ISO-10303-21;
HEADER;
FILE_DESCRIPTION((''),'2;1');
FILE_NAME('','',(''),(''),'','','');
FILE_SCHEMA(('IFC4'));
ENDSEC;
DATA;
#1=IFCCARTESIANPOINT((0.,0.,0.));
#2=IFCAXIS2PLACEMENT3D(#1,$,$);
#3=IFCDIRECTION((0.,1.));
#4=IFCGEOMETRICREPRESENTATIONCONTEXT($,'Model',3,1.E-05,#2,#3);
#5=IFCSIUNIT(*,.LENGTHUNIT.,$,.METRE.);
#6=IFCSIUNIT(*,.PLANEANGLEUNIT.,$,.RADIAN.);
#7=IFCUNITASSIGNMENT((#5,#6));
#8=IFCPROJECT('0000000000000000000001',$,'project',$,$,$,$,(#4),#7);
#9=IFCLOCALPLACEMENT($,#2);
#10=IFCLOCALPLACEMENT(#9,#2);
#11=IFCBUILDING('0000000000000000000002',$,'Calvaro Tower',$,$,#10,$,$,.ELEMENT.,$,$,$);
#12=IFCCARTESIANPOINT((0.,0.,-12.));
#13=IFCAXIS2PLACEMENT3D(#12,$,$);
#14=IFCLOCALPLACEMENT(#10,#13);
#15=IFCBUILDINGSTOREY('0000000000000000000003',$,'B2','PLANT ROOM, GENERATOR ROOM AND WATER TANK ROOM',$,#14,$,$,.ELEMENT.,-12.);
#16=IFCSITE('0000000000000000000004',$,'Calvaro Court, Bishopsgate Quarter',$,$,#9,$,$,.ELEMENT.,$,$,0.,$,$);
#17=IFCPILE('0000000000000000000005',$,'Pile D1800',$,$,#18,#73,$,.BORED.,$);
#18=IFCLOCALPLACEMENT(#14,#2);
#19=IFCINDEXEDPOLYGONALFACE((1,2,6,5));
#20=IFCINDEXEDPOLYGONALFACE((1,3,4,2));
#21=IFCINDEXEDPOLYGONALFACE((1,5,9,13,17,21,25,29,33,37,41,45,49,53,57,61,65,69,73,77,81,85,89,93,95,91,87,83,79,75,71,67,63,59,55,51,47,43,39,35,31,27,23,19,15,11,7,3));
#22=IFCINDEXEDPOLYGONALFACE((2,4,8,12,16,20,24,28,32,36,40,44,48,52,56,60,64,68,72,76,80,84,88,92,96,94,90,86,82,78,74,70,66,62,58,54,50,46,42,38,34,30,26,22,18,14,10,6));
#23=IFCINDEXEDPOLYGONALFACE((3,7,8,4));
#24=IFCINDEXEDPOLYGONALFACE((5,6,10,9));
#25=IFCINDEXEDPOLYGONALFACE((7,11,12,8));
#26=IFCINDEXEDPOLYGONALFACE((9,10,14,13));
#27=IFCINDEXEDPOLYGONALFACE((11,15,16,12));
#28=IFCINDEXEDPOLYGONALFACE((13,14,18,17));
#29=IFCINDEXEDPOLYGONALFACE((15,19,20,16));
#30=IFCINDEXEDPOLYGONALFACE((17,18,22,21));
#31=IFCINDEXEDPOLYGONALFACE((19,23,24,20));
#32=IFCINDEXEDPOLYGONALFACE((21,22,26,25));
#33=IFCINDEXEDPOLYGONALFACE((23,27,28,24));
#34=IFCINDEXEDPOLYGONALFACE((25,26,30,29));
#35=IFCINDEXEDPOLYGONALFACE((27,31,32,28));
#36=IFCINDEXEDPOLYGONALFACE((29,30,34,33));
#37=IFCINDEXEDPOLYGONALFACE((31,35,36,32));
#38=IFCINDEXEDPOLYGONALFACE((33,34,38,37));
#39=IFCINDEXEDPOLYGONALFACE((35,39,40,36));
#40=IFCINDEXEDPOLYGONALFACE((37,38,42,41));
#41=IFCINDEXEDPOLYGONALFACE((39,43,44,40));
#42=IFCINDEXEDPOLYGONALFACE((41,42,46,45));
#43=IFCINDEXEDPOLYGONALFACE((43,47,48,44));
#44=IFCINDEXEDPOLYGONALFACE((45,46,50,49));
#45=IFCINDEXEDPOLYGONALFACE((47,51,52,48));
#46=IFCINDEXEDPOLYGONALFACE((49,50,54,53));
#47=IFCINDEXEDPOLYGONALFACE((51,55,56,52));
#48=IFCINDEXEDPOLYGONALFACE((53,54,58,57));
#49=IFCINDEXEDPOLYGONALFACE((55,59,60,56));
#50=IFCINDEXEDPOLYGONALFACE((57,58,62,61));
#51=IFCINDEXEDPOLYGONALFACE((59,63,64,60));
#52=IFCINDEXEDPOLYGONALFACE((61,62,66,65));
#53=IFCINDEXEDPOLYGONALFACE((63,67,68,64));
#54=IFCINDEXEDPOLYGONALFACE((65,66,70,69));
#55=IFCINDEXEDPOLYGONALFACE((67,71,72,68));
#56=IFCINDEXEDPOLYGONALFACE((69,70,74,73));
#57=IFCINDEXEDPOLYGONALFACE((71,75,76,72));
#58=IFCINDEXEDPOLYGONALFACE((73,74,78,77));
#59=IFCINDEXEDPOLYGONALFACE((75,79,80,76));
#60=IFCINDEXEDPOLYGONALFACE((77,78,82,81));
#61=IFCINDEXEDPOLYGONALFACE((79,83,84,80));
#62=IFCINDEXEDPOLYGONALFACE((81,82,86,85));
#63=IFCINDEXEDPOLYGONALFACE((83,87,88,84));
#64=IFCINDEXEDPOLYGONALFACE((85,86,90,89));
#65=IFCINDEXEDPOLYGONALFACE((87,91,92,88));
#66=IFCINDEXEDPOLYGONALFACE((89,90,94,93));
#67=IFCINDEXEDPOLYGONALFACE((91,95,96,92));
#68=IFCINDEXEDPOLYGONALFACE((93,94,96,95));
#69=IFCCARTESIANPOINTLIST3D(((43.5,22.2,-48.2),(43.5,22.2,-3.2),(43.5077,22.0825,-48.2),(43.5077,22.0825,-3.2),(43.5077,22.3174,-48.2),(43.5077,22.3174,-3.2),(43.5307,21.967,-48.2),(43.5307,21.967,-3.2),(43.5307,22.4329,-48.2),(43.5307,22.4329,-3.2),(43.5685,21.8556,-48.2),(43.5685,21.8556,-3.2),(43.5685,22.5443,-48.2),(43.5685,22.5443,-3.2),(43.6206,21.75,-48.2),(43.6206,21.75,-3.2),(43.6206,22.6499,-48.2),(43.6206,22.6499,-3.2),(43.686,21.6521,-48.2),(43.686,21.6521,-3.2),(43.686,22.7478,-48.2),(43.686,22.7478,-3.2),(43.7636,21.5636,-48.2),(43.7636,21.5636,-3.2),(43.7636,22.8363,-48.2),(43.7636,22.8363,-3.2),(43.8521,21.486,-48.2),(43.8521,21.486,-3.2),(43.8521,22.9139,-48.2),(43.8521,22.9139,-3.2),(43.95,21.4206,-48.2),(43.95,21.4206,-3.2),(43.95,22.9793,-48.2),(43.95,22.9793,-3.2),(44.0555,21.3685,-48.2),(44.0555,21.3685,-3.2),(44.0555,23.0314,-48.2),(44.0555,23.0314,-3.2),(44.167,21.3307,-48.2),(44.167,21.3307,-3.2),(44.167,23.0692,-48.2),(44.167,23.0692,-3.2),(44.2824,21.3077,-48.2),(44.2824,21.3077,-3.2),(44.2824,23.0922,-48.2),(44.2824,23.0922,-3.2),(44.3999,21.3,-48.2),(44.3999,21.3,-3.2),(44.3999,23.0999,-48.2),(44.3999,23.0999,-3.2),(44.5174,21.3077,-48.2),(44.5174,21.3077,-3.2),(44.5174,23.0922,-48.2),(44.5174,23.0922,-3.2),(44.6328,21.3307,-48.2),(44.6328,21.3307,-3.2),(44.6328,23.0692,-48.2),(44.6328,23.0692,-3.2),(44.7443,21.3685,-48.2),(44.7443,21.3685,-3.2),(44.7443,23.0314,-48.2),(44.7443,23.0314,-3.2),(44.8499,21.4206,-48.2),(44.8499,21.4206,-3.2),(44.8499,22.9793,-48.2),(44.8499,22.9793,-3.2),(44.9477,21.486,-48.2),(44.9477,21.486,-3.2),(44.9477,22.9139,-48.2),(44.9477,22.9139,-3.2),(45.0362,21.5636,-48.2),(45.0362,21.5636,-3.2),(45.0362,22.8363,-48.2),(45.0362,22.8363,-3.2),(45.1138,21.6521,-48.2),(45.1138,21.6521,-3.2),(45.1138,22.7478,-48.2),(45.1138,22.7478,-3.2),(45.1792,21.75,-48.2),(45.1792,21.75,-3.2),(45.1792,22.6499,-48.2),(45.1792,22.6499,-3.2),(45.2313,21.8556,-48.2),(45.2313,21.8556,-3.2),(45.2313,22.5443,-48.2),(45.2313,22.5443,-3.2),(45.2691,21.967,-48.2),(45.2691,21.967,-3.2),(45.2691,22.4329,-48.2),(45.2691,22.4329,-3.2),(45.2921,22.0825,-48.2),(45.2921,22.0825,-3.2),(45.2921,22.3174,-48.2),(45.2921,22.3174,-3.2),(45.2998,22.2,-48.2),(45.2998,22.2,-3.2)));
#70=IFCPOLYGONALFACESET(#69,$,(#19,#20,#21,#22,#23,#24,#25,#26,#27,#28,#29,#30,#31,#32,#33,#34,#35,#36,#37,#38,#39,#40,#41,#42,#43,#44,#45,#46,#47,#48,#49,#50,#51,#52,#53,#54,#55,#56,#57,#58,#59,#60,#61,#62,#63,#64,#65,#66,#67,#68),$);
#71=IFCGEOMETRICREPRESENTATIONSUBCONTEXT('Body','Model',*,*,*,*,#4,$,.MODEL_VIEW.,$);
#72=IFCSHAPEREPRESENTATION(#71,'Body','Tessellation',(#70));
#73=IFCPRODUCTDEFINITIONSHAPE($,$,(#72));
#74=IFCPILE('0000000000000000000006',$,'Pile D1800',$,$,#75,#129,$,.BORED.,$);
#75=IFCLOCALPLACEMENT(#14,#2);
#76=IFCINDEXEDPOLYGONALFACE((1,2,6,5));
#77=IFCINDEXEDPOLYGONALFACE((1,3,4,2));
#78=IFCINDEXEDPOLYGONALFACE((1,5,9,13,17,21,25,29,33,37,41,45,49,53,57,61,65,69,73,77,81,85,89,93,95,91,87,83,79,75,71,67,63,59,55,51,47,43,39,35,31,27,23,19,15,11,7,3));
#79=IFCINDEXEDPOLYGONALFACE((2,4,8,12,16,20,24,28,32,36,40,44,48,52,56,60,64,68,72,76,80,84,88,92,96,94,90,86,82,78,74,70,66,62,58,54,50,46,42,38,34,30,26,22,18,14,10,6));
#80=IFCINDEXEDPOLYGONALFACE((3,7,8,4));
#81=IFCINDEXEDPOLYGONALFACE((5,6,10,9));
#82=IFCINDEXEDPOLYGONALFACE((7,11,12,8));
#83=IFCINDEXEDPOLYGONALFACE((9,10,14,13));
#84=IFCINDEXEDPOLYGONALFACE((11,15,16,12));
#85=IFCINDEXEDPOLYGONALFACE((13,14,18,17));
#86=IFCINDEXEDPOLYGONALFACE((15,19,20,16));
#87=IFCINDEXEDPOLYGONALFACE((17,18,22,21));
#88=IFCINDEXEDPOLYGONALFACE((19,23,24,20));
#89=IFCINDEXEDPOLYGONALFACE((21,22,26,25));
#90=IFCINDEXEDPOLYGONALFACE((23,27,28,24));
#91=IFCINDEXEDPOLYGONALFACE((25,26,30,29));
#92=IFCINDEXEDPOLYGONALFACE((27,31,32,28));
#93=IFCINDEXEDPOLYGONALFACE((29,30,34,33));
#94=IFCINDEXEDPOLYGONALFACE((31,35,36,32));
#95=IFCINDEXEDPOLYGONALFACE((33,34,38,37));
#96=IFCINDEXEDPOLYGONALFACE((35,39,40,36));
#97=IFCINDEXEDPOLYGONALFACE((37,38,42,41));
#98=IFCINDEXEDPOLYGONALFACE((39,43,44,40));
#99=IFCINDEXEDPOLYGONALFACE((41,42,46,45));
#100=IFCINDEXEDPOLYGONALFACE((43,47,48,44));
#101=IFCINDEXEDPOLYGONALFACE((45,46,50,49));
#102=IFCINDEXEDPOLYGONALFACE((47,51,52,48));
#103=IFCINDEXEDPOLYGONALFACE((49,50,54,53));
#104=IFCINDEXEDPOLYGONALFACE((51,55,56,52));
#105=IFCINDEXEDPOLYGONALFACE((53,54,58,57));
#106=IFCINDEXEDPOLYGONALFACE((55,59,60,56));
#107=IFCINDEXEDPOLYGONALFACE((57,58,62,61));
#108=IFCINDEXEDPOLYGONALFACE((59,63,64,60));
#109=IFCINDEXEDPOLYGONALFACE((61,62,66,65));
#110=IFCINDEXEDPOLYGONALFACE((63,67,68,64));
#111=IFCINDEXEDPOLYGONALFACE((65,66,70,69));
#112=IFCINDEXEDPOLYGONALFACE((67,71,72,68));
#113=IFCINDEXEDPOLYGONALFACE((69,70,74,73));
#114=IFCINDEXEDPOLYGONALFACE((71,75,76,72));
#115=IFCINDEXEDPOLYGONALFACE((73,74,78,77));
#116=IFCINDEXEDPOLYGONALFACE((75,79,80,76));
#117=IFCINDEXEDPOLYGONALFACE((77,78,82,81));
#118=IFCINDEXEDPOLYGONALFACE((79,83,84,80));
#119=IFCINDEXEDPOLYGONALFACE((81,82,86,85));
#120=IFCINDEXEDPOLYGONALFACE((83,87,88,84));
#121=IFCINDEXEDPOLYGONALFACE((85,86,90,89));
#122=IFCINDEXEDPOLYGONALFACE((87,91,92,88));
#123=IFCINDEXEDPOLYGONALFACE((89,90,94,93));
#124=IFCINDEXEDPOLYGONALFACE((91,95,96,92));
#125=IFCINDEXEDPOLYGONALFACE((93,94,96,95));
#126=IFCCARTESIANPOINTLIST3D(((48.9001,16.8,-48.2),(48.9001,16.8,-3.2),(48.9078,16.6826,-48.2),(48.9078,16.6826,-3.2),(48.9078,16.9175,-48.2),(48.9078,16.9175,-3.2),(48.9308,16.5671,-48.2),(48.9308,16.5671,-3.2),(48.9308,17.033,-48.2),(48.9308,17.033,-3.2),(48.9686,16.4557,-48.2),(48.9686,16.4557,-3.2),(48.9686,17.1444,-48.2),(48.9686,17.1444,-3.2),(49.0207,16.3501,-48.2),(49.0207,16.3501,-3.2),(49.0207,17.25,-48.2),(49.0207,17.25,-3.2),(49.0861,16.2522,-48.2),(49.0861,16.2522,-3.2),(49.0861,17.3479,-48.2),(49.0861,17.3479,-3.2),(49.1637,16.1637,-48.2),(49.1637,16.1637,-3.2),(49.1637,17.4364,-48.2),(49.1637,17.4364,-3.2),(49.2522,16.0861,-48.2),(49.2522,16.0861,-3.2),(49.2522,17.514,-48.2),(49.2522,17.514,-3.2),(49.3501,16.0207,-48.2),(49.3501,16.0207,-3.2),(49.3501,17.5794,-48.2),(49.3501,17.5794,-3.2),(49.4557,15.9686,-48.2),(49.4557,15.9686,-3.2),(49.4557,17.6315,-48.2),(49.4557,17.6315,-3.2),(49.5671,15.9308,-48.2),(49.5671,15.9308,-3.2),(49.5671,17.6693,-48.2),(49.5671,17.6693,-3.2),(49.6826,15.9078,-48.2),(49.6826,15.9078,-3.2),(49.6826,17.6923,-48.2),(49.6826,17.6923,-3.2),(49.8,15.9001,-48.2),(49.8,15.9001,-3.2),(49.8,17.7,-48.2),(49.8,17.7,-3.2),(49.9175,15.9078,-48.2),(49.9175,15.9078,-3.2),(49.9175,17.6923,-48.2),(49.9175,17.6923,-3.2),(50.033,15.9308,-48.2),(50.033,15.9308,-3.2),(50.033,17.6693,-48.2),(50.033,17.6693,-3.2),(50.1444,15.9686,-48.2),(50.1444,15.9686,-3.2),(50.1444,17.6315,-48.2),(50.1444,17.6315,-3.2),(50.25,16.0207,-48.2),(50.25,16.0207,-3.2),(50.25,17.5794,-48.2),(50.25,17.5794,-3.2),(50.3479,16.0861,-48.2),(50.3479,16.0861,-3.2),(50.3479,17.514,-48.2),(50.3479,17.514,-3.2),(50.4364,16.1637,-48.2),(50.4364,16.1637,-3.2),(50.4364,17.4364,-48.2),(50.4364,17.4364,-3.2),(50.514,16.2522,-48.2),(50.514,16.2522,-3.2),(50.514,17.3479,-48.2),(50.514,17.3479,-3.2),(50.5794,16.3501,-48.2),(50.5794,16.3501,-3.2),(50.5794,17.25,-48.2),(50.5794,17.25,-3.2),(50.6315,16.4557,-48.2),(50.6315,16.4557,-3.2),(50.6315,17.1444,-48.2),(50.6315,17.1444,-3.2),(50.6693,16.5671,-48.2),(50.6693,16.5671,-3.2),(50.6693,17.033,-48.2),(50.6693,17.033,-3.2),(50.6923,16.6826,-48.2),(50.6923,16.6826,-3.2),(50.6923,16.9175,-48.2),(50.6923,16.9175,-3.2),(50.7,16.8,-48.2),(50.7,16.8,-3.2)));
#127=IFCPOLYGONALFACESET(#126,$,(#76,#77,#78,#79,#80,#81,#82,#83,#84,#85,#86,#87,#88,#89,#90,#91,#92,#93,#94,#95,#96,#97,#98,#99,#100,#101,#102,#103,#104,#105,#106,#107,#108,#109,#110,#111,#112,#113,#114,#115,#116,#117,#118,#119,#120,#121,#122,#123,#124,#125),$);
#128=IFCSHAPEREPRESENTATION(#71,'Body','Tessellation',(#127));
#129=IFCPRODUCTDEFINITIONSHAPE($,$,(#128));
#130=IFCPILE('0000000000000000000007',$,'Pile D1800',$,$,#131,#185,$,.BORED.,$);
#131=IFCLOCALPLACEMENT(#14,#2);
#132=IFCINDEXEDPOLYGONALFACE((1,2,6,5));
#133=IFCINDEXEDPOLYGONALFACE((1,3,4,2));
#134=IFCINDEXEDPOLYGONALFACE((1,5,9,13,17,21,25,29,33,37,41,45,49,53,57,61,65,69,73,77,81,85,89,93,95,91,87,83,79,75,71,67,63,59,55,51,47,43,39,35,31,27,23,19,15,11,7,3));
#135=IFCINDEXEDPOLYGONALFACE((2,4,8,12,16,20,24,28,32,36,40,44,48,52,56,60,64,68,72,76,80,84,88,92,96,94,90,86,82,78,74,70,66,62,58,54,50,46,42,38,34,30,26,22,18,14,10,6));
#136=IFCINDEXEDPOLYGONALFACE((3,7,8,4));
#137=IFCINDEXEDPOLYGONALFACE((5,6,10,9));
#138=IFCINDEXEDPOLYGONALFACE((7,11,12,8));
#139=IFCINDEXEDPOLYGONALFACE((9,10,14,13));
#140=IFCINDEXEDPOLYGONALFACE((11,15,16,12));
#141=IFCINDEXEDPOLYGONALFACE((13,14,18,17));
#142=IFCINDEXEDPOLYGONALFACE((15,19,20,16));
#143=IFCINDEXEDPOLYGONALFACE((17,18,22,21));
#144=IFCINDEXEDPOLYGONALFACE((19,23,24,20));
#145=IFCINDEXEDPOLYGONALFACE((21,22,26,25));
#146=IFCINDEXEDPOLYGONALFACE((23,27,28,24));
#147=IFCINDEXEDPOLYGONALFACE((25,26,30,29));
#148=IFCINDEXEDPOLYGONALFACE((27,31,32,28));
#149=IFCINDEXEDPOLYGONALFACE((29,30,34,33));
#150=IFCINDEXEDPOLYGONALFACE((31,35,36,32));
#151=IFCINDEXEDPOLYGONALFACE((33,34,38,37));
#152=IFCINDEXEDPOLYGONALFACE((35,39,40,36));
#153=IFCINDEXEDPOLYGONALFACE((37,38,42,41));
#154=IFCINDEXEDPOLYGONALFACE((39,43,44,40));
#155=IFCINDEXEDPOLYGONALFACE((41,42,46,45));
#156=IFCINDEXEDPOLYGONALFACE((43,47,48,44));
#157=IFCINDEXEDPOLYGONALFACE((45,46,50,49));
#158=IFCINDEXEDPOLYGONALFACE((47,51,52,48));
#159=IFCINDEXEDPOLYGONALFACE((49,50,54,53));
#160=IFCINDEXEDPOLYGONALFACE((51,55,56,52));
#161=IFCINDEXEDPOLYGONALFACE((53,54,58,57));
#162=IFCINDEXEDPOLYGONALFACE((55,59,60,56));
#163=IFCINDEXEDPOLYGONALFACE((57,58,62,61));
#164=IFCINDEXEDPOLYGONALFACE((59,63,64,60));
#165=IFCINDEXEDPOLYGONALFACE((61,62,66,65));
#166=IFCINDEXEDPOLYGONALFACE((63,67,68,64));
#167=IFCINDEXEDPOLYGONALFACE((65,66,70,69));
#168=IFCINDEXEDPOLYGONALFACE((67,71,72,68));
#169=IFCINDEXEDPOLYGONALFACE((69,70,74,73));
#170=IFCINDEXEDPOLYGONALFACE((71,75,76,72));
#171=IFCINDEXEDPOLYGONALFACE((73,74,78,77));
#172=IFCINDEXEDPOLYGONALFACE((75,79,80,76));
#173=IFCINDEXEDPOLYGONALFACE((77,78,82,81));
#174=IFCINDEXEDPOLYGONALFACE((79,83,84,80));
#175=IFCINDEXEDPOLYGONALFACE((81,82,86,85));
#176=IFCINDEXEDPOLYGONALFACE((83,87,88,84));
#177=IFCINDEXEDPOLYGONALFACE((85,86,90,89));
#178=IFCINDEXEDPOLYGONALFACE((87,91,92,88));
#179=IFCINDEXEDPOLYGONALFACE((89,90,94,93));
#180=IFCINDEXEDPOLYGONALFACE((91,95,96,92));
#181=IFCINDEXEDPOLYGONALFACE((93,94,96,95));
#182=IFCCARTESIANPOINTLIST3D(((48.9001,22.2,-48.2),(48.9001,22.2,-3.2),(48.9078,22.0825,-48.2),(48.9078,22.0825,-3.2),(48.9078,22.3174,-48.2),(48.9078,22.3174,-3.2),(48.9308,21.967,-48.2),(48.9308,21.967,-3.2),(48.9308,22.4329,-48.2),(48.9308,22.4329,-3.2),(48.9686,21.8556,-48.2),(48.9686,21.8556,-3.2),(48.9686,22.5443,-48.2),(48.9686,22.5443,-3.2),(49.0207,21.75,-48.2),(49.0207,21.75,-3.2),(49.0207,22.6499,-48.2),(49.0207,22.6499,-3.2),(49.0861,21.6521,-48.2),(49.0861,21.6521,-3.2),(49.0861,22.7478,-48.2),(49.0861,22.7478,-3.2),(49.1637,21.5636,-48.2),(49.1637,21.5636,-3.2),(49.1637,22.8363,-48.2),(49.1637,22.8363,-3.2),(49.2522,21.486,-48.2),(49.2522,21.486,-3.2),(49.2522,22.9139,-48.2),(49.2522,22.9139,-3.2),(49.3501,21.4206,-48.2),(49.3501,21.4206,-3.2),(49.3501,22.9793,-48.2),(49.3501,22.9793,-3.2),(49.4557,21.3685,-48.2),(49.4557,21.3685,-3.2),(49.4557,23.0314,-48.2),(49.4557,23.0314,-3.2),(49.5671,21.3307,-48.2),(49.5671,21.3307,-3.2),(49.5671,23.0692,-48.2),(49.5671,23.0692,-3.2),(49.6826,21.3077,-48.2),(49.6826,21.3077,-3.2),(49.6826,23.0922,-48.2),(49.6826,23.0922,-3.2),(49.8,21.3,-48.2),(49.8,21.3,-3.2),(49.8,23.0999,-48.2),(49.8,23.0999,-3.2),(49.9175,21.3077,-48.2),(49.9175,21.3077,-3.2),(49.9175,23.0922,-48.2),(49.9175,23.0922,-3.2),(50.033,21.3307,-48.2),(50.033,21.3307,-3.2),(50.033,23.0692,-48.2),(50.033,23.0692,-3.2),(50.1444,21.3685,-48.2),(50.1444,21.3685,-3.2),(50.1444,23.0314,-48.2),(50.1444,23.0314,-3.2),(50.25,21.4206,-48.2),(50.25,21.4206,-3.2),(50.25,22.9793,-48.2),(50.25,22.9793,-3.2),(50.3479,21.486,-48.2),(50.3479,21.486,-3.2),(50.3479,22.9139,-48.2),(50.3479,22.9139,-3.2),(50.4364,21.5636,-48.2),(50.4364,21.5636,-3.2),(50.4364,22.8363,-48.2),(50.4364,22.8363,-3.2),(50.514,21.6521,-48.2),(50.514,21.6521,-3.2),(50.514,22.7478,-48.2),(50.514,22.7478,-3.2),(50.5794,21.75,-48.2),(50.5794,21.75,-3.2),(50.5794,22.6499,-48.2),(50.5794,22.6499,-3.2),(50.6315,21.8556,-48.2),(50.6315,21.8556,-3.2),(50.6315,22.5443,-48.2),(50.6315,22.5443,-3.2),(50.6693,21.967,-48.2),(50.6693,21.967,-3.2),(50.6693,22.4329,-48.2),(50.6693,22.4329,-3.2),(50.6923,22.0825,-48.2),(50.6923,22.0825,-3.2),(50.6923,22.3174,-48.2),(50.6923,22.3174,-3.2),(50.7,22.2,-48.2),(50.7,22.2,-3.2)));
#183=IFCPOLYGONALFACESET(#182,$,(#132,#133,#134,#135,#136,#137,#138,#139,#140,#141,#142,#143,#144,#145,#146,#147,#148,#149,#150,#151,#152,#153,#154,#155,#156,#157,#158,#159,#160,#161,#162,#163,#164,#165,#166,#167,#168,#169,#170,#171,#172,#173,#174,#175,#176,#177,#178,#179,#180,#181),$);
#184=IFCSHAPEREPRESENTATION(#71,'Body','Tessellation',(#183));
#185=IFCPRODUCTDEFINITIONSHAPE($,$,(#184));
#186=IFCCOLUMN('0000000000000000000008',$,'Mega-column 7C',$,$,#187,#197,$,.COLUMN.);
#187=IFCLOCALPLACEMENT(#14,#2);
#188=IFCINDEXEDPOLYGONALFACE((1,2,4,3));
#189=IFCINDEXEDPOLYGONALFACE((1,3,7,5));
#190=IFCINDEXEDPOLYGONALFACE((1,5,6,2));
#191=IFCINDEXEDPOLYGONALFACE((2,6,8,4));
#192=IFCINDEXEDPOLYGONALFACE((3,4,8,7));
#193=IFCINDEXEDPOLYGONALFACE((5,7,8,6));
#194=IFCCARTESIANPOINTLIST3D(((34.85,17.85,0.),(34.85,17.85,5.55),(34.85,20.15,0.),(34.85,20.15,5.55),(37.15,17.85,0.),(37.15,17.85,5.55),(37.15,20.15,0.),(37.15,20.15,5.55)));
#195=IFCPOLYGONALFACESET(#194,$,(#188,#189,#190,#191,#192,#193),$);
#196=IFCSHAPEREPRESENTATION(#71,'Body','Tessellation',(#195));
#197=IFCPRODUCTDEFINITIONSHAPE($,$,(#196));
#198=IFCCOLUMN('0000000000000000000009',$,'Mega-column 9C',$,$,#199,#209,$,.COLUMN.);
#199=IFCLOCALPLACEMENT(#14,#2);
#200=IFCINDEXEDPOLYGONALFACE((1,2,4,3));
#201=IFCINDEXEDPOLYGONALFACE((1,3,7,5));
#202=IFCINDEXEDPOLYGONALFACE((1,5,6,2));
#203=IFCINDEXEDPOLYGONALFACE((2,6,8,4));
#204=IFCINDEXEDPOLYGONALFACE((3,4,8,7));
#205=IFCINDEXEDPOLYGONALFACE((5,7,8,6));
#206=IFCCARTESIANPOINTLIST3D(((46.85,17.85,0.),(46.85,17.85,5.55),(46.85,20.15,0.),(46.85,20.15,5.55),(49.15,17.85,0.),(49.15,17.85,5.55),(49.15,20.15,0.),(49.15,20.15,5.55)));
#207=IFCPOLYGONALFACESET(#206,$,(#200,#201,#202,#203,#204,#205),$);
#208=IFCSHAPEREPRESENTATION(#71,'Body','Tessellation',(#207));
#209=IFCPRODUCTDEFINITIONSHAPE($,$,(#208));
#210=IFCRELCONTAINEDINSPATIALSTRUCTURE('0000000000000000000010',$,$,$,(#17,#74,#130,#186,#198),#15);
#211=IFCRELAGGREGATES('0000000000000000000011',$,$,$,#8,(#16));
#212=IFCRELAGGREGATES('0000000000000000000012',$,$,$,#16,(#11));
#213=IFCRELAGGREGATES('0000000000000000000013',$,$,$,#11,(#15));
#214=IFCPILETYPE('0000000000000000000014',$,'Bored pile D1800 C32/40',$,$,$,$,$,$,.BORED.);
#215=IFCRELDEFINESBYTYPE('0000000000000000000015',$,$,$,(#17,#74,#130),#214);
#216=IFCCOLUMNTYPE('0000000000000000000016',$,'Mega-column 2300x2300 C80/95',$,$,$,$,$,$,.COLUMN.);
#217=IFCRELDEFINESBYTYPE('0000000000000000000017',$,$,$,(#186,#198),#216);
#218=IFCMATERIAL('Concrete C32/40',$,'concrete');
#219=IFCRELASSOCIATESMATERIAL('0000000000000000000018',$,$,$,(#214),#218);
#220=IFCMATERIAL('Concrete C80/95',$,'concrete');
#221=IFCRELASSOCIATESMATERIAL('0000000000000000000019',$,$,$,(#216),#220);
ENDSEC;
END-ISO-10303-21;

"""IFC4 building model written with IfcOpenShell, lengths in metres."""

from ifc_helpers import new_model, si_unit, direction, frame, origin, origin_2d, place, context, subcontext, project, spatial, rectangle, circle, extrude, material, material_profile, profile_set, type_object, element, save


model = new_model("IFC4")

# Units and contexts
model_context = context("Model", 3, precision=1e-05, world=origin(), true_north=direction((0.0, 1.0)))
body_context = subcontext(model_context, "Body", "Model", "MODEL_VIEW")
ifc_project = project(units=[si_unit("LENGTHUNIT", "METRE"), si_unit("PLANEANGLEUNIT", "RADIAN")], contexts=[model_context])

# Site, building, storey
site_placement = place(None, origin())
site = spatial("IfcSite", under=ifc_project, at=site_placement, Name="Calvaro Court, Bishopsgate Quarter", CompositionType="ELEMENT", RefElevation=0.0)
building_placement = place(site_placement, origin())
building = spatial("IfcBuilding", under=site, at=building_placement, Name="Calvaro Tower", CompositionType="ELEMENT")
storey_placement = place(building_placement, frame((0.0, 0.0, -12.0)))
storey = spatial("IfcBuildingStorey", under=building, at=storey_placement, Name="B2", Description="PLANT ROOM, GENERATOR ROOM AND WATER TANK ROOM", CompositionType="ELEMENT", Elevation=-12.0)

# Piles
ifc_material_1 = material(Name="Concrete C32/40", Category="concrete")
ifc_material_profile_1 = material_profile(ifc_material_1, circle(Radius=0.8999, at=origin_2d()), Name="Bored pile D1800")
ifc_profile_set_1 = profile_set([ifc_material_profile_1], Name="Concrete C32/40")
pile_type = type_object("IfcPileType", Name="Bored pile D1800 C32/40", PredefinedType="BORED", material=ifc_profile_set_1)
for number, where, z_axis, x_axis, name in (
    (1, (44.3999, 22.2, -3.2), (0.0, 0.0, -1.0), (1.0, 0.0, 0.0), "Pile D1800"),
    (2, (49.8, 16.8, -3.2), (0.0, 0.0, -1.0), (1.0, 0.0, 0.0), "Pile D1800"),
    (3, (49.8, 22.2, -3.2), (0.0, 0.0, -1.0), (1.0, 0.0, 0.0), "Pile D1800"),
):
    element("IfcPile", number, at=place(storey_placement, frame(where, z_axis=z_axis, x_axis=x_axis)), inside=storey, type_object=pile_type, Name=name, PredefinedType="BORED", context=body_context, shape_type="SweptSolid", body=[
        extrude(circle(Radius=0.8999, at=origin_2d()), origin(), (0.0, 0.0, 1.0), 45.0),
    ])

# Columns
ifc_material_2 = material(Name="Concrete C80/95", Category="concrete")
ifc_material_profile_2 = material_profile(ifc_material_2, rectangle(XDim=2.3, YDim=2.3, at=origin_2d()), Name="RC 2300x2300")
ifc_profile_set_2 = profile_set([ifc_material_profile_2], Name="Concrete C80/95")
column_type = type_object("IfcColumnType", Name="Mega-column 2300x2300 C80/95", PredefinedType="COLUMN", material=ifc_profile_set_2)
for number, where, z_axis, x_axis, name in (
    (4, (36.0, 19.0, 0.0), (0.0, 0.0, 1.0), (1.0, 0.0, 0.0), "Mega-column 7C"),
    (5, (48.0, 19.0, 0.0), (0.0, 0.0, 1.0), (1.0, 0.0, 0.0), "Mega-column 9C"),
):
    element("IfcColumn", number, at=place(storey_placement, frame(where, z_axis=z_axis, x_axis=x_axis)), inside=storey, type_object=column_type, Name=name, PredefinedType="COLUMN", context=body_context, shape_type="SweptSolid", body=[
        extrude(rectangle(XDim=2.3, YDim=2.3, at=origin_2d()), origin(), (0.0, 0.0, 1.0), 5.55),
    ])

save(model, "model.ifc")
